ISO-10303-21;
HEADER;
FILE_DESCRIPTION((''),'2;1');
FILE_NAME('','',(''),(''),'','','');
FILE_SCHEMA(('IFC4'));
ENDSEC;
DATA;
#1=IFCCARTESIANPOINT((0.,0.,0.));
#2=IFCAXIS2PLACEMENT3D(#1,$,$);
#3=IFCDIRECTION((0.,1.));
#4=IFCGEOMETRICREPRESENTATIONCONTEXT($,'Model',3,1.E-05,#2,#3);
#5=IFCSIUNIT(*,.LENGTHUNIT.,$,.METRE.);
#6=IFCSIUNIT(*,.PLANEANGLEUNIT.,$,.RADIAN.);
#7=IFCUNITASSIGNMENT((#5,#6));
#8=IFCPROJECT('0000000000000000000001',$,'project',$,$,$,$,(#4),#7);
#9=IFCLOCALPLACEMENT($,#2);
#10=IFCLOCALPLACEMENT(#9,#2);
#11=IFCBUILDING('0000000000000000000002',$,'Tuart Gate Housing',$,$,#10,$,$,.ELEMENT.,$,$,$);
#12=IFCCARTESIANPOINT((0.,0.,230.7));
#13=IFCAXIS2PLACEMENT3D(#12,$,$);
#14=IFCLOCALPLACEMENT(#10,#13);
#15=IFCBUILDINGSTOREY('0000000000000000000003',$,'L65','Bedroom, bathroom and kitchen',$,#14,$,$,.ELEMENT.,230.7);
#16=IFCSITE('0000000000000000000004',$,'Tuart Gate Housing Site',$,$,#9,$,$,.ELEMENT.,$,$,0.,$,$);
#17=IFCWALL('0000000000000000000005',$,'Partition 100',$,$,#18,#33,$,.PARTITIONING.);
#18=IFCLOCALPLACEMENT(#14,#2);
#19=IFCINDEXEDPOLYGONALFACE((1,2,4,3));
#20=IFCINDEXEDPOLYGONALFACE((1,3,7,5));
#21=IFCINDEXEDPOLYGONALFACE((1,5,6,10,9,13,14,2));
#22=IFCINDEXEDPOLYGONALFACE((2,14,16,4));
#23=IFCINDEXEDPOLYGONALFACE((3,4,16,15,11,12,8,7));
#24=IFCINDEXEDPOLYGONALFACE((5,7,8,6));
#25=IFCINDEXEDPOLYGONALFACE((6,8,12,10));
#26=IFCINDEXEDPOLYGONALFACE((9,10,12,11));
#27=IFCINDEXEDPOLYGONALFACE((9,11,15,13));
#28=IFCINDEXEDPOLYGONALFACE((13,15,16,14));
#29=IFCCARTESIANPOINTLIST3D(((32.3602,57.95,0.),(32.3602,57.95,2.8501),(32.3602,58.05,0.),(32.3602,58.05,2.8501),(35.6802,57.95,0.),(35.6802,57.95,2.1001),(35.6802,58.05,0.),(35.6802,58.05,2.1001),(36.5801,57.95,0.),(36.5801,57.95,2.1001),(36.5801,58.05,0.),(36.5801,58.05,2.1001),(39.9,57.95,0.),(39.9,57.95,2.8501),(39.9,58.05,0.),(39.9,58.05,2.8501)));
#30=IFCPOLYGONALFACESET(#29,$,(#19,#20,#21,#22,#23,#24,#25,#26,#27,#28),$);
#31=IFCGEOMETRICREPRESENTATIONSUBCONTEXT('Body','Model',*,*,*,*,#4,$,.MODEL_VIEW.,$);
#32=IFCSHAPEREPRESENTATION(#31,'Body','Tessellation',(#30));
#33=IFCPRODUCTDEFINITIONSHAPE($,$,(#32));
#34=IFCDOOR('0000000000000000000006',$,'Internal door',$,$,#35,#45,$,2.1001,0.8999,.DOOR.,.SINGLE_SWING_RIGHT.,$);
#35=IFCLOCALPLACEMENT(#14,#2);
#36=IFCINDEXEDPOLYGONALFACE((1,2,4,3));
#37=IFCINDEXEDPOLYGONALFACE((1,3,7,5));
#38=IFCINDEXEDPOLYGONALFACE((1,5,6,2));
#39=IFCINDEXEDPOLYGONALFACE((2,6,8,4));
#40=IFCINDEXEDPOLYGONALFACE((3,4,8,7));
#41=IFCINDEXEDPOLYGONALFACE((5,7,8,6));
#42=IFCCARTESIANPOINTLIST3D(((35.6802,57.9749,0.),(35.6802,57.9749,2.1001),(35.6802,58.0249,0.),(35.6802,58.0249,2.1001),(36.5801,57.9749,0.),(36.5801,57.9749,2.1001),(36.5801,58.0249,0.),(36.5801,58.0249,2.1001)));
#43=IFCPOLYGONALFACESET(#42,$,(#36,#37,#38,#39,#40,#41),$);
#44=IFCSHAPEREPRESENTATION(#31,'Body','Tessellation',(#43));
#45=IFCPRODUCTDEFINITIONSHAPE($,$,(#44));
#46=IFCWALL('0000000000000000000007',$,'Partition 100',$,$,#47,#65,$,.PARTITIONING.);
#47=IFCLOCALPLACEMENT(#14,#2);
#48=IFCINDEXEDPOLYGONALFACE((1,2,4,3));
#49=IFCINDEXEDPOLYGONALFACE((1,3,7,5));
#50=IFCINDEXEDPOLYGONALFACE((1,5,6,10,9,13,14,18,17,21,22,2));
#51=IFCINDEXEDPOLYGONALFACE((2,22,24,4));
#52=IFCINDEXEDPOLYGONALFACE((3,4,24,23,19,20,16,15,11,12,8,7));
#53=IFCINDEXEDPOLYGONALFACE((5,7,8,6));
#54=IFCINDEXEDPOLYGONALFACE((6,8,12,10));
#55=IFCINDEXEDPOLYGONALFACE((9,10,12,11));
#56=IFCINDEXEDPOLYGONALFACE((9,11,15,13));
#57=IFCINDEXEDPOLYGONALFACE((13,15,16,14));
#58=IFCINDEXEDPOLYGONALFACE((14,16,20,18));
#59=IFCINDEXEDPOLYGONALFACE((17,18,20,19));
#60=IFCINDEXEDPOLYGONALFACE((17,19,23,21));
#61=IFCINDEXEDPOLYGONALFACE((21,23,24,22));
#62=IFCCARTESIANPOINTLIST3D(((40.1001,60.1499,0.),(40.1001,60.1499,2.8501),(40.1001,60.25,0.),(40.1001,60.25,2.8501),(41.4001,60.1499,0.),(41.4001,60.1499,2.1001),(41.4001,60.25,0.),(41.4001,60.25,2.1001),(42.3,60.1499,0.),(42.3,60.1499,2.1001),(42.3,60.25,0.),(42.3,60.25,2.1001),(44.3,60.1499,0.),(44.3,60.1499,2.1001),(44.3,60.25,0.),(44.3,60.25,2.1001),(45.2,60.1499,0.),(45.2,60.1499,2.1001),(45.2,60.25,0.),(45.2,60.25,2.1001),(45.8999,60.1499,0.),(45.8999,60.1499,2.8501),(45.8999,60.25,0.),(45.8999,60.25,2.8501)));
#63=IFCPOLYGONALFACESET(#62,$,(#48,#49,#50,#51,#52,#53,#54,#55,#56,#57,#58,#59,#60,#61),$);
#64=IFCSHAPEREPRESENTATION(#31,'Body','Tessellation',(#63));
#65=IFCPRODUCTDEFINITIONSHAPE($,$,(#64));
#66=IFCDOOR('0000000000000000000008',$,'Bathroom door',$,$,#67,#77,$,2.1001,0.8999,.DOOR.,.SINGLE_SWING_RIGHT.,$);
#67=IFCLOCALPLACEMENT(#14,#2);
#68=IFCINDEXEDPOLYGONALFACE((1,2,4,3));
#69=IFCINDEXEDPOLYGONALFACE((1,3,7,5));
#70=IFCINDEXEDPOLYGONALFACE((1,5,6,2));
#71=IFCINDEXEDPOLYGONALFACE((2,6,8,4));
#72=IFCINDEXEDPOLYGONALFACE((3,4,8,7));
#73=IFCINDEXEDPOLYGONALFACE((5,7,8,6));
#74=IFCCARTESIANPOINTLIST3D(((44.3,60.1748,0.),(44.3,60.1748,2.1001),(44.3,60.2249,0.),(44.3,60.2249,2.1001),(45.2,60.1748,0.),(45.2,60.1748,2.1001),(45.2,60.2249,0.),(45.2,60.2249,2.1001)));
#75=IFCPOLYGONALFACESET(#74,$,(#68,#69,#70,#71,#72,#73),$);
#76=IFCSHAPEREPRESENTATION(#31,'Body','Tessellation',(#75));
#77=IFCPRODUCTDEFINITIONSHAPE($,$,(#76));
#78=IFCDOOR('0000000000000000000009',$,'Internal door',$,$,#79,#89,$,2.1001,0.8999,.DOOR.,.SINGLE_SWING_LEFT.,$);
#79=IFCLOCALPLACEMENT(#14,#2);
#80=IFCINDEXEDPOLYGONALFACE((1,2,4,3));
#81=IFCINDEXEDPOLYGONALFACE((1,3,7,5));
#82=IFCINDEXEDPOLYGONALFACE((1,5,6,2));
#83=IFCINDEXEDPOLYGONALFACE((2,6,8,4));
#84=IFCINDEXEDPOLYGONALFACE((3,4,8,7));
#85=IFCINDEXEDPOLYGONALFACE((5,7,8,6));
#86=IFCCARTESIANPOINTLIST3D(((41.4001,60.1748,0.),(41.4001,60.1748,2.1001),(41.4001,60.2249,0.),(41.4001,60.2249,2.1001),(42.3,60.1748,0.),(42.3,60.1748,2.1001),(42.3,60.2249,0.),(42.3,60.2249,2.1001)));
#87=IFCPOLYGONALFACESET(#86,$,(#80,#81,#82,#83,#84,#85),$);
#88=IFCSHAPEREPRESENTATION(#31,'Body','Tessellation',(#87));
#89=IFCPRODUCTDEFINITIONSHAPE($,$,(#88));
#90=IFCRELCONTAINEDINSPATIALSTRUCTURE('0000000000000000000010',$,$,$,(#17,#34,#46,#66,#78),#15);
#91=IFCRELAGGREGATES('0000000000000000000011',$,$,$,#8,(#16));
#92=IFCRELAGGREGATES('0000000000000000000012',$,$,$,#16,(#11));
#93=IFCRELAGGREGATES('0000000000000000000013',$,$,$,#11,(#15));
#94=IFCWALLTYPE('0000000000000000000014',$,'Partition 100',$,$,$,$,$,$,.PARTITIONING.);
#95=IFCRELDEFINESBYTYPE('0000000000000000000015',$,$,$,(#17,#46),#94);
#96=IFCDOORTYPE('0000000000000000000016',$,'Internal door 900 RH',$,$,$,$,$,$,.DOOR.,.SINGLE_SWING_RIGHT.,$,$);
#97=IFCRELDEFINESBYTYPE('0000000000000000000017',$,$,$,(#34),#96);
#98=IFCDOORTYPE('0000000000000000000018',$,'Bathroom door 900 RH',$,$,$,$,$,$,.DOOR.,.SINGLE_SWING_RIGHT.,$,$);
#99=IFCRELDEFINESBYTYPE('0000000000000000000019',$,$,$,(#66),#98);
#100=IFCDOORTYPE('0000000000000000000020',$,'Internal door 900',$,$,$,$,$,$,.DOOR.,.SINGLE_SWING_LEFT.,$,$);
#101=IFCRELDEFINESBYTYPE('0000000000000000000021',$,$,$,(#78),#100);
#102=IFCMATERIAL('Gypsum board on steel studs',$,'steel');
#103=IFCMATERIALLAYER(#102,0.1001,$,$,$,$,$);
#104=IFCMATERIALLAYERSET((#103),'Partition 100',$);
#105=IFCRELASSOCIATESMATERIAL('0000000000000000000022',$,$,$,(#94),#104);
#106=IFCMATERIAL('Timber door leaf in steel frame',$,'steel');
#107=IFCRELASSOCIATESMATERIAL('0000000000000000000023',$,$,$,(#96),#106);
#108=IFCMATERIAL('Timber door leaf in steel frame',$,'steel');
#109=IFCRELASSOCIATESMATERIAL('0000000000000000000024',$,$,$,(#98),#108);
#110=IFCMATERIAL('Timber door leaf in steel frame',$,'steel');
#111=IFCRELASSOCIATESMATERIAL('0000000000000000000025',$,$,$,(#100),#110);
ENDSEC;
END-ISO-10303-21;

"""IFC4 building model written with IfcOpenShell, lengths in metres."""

from ifc_helpers import new_model, si_unit, direction, frame, frame_2d, origin, place, context, subcontext, project, spatial, rectangle, extrude, material, layer, layer_set, type_object, element, fill, save


model = new_model("IFC4")

# Units and contexts
model_context = context("Model", 3, precision=1e-05, world=origin(), true_north=direction((0.0, 1.0)))
body_context = subcontext(model_context, "Body", "Model", "MODEL_VIEW")
ifc_project = project(units=[si_unit("LENGTHUNIT", "METRE"), si_unit("PLANEANGLEUNIT", "RADIAN")], contexts=[model_context])

# Site, building, storey
site_placement = place(None, origin())
site = spatial("IfcSite", under=ifc_project, at=site_placement, Name="Tuart Gate Housing Site", CompositionType="ELEMENT", RefElevation=0.0)
building_placement = place(site_placement, origin())
building = spatial("IfcBuilding", under=site, at=building_placement, Name="Tuart Gate Housing", CompositionType="ELEMENT")
storey_placement = place(building_placement, frame((0.0, 0.0, 230.7)))
storey = spatial("IfcBuildingStorey", under=building, at=storey_placement, Name="L65", Description="Bedroom, bathroom and kitchen", CompositionType="ELEMENT", Elevation=230.7)

# Shared definitions
ifc_material_1 = material(Name="Gypsum board on steel studs", Category="steel")
ifc_layer_1 = layer(ifc_material_1, 0.1001)
ifc_layer_set_1 = layer_set([ifc_layer_1], Name="Partition 100")
wall_type_1 = type_object("IfcWallType", Name="Partition 100", PredefinedType="PARTITIONING", material=ifc_layer_set_1)

# Wall, opening, door
wall_1_placement = place(storey_placement, frame((32.3601, 58.0, 0.0), z_axis=(0.0, 0.0, 1.0), x_axis=(1.0, 0.0, 0.0)))
wall_1 = element("IfcWall", 1, at=wall_1_placement, inside=storey, type_object=wall_type_1, Name="Partition 100", PredefinedType="PARTITIONING", context=body_context, shape_type="SweptSolid", body=[
    extrude(rectangle(XDim=7.5398, YDim=0.1001, at=frame_2d((3.77, 0.0))), origin(), (0.0, 0.0, 1.0), 2.8501),
])
opening_1_placement = place(wall_1_placement, frame((3.3201, 0.0, 0.0)))
opening_1 = element("IfcOpeningElement", 2, at=opening_1_placement, cuts=wall_1, PredefinedType="OPENING", context=body_context, shape_type="SweptSolid", body=[
    extrude(rectangle(XDim=0.8999, YDim=2.1001, at=frame_2d((0.45, 1.05))), frame((0.0, 0.0601, 0.0), z_axis=(0.0, -1.0, 0.0), x_axis=(1.0, 0.0, 0.0)), (0.0, 0.0, 1.0), 0.1201),
])
ifc_material_2 = material(Name="Timber door leaf in steel frame", Category="steel")
door_type_1 = type_object("IfcDoorType", Name="Internal door 900 RH", OperationType="SINGLE_SWING_RIGHT", PredefinedType="DOOR", material=ifc_material_2)
door_1_placement = place(opening_1_placement, frame((0.8999, 0.0, 0.0), z_axis=(0.0, 0.0, 1.0), x_axis=(-1.0, 0.0, 0.0)))
door_1 = element("IfcDoor", 3, at=door_1_placement, inside=storey, type_object=door_type_1, Name="Internal door", OperationType="SINGLE_SWING_RIGHT", OverallHeight=2.1001, OverallWidth=0.8999, PredefinedType="DOOR", context=body_context, shape_type="SweptSolid", body=[
    extrude(rectangle(XDim=0.8999, YDim=2.1001, at=frame_2d((0.45, 1.05))), frame((0.0, 0.0251, 0.0), z_axis=(0.0, -1.0, 0.0), x_axis=(1.0, 0.0, 0.0)), (0.0, 0.0, 1.0), 0.05),
])
fill(opening_1, door_1)

# Wall, openings, doors
wall_2_placement = place(storey_placement, frame((40.1001, 60.2, 0.0), z_axis=(0.0, 0.0, 1.0), x_axis=(1.0, 0.0, 0.0)))
wall_2 = element("IfcWall", 4, at=wall_2_placement, inside=storey, type_object=wall_type_1, Name="Partition 100", PredefinedType="PARTITIONING", context=body_context, shape_type="SweptSolid", body=[
    extrude(rectangle(XDim=5.7998, YDim=0.1001, at=frame_2d((2.8999, 0.0))), origin(), (0.0, 0.0, 1.0), 2.8501),
])
opening_2_placement = place(wall_2_placement, frame((1.3, 0.0, 0.0)))
opening_2 = element("IfcOpeningElement", 5, at=opening_2_placement, cuts=wall_2, PredefinedType="OPENING", context=body_context, shape_type="SweptSolid", body=[
    extrude(rectangle(XDim=0.8999, YDim=2.1001, at=frame_2d((0.45, 1.05))), frame((0.0, 0.0601, 0.0), z_axis=(0.0, -1.0, 0.0), x_axis=(1.0, 0.0, 0.0)), (0.0, 0.0, 1.0), 0.1201),
])
opening_3_placement = place(wall_2_placement, frame((4.2, 0.0, 0.0)))
opening_3 = element("IfcOpeningElement", 6, at=opening_3_placement, cuts=wall_2, PredefinedType="OPENING", context=body_context, shape_type="SweptSolid", body=[
    extrude(rectangle(XDim=0.8999, YDim=2.1001, at=frame_2d((0.45, 1.05))), frame((0.0, 0.0601, 0.0), z_axis=(0.0, -1.0, 0.0), x_axis=(1.0, 0.0, 0.0)), (0.0, 0.0, 1.0), 0.1201),
])
ifc_material_3 = material(Name="Timber door leaf in steel frame", Category="steel")
door_type_2 = type_object("IfcDoorType", Name="Bathroom door 900 RH", OperationType="SINGLE_SWING_RIGHT", PredefinedType="DOOR", material=ifc_material_3)
door_2_placement = place(opening_3_placement, frame((0.8999, 0.0, 0.0), z_axis=(0.0, 0.0, 1.0), x_axis=(-1.0, 0.0, 0.0)))
door_2 = element("IfcDoor", 7, at=door_2_placement, inside=storey, type_object=door_type_2, Name="Bathroom door", OperationType="SINGLE_SWING_RIGHT", OverallHeight=2.1001, OverallWidth=0.8999, PredefinedType="DOOR", context=body_context, shape_type="SweptSolid", body=[
    extrude(rectangle(XDim=0.8999, YDim=2.1001, at=frame_2d((0.45, 1.05))), frame((0.0, 0.0251, 0.0), z_axis=(0.0, -1.0, 0.0), x_axis=(1.0, 0.0, 0.0)), (0.0, 0.0, 1.0), 0.05),
])
fill(opening_3, door_2)
ifc_material_4 = material(Name="Timber door leaf in steel frame", Category="steel")
door_type_3 = type_object("IfcDoorType", Name="Internal door 900", OperationType="SINGLE_SWING_LEFT", PredefinedType="DOOR", material=ifc_material_4)
door_3_placement = place(opening_2_placement, frame((0.8999, 0.0, 0.0), z_axis=(0.0, 0.0, 1.0), x_axis=(-1.0, 0.0, 0.0)))
door_3 = element("IfcDoor", 8, at=door_3_placement, inside=storey, type_object=door_type_3, Name="Internal door", OperationType="SINGLE_SWING_LEFT", OverallHeight=2.1001, OverallWidth=0.8999, PredefinedType="DOOR", context=body_context, shape_type="SweptSolid", body=[
    extrude(rectangle(XDim=0.8999, YDim=2.1001, at=frame_2d((0.45, 1.05))), frame((0.0, 0.0251, 0.0), z_axis=(0.0, -1.0, 0.0), x_axis=(1.0, 0.0, 0.0)), (0.0, 0.0, 1.0), 0.05),
])
fill(opening_2, door_3)

save(model, "model.ifc")
